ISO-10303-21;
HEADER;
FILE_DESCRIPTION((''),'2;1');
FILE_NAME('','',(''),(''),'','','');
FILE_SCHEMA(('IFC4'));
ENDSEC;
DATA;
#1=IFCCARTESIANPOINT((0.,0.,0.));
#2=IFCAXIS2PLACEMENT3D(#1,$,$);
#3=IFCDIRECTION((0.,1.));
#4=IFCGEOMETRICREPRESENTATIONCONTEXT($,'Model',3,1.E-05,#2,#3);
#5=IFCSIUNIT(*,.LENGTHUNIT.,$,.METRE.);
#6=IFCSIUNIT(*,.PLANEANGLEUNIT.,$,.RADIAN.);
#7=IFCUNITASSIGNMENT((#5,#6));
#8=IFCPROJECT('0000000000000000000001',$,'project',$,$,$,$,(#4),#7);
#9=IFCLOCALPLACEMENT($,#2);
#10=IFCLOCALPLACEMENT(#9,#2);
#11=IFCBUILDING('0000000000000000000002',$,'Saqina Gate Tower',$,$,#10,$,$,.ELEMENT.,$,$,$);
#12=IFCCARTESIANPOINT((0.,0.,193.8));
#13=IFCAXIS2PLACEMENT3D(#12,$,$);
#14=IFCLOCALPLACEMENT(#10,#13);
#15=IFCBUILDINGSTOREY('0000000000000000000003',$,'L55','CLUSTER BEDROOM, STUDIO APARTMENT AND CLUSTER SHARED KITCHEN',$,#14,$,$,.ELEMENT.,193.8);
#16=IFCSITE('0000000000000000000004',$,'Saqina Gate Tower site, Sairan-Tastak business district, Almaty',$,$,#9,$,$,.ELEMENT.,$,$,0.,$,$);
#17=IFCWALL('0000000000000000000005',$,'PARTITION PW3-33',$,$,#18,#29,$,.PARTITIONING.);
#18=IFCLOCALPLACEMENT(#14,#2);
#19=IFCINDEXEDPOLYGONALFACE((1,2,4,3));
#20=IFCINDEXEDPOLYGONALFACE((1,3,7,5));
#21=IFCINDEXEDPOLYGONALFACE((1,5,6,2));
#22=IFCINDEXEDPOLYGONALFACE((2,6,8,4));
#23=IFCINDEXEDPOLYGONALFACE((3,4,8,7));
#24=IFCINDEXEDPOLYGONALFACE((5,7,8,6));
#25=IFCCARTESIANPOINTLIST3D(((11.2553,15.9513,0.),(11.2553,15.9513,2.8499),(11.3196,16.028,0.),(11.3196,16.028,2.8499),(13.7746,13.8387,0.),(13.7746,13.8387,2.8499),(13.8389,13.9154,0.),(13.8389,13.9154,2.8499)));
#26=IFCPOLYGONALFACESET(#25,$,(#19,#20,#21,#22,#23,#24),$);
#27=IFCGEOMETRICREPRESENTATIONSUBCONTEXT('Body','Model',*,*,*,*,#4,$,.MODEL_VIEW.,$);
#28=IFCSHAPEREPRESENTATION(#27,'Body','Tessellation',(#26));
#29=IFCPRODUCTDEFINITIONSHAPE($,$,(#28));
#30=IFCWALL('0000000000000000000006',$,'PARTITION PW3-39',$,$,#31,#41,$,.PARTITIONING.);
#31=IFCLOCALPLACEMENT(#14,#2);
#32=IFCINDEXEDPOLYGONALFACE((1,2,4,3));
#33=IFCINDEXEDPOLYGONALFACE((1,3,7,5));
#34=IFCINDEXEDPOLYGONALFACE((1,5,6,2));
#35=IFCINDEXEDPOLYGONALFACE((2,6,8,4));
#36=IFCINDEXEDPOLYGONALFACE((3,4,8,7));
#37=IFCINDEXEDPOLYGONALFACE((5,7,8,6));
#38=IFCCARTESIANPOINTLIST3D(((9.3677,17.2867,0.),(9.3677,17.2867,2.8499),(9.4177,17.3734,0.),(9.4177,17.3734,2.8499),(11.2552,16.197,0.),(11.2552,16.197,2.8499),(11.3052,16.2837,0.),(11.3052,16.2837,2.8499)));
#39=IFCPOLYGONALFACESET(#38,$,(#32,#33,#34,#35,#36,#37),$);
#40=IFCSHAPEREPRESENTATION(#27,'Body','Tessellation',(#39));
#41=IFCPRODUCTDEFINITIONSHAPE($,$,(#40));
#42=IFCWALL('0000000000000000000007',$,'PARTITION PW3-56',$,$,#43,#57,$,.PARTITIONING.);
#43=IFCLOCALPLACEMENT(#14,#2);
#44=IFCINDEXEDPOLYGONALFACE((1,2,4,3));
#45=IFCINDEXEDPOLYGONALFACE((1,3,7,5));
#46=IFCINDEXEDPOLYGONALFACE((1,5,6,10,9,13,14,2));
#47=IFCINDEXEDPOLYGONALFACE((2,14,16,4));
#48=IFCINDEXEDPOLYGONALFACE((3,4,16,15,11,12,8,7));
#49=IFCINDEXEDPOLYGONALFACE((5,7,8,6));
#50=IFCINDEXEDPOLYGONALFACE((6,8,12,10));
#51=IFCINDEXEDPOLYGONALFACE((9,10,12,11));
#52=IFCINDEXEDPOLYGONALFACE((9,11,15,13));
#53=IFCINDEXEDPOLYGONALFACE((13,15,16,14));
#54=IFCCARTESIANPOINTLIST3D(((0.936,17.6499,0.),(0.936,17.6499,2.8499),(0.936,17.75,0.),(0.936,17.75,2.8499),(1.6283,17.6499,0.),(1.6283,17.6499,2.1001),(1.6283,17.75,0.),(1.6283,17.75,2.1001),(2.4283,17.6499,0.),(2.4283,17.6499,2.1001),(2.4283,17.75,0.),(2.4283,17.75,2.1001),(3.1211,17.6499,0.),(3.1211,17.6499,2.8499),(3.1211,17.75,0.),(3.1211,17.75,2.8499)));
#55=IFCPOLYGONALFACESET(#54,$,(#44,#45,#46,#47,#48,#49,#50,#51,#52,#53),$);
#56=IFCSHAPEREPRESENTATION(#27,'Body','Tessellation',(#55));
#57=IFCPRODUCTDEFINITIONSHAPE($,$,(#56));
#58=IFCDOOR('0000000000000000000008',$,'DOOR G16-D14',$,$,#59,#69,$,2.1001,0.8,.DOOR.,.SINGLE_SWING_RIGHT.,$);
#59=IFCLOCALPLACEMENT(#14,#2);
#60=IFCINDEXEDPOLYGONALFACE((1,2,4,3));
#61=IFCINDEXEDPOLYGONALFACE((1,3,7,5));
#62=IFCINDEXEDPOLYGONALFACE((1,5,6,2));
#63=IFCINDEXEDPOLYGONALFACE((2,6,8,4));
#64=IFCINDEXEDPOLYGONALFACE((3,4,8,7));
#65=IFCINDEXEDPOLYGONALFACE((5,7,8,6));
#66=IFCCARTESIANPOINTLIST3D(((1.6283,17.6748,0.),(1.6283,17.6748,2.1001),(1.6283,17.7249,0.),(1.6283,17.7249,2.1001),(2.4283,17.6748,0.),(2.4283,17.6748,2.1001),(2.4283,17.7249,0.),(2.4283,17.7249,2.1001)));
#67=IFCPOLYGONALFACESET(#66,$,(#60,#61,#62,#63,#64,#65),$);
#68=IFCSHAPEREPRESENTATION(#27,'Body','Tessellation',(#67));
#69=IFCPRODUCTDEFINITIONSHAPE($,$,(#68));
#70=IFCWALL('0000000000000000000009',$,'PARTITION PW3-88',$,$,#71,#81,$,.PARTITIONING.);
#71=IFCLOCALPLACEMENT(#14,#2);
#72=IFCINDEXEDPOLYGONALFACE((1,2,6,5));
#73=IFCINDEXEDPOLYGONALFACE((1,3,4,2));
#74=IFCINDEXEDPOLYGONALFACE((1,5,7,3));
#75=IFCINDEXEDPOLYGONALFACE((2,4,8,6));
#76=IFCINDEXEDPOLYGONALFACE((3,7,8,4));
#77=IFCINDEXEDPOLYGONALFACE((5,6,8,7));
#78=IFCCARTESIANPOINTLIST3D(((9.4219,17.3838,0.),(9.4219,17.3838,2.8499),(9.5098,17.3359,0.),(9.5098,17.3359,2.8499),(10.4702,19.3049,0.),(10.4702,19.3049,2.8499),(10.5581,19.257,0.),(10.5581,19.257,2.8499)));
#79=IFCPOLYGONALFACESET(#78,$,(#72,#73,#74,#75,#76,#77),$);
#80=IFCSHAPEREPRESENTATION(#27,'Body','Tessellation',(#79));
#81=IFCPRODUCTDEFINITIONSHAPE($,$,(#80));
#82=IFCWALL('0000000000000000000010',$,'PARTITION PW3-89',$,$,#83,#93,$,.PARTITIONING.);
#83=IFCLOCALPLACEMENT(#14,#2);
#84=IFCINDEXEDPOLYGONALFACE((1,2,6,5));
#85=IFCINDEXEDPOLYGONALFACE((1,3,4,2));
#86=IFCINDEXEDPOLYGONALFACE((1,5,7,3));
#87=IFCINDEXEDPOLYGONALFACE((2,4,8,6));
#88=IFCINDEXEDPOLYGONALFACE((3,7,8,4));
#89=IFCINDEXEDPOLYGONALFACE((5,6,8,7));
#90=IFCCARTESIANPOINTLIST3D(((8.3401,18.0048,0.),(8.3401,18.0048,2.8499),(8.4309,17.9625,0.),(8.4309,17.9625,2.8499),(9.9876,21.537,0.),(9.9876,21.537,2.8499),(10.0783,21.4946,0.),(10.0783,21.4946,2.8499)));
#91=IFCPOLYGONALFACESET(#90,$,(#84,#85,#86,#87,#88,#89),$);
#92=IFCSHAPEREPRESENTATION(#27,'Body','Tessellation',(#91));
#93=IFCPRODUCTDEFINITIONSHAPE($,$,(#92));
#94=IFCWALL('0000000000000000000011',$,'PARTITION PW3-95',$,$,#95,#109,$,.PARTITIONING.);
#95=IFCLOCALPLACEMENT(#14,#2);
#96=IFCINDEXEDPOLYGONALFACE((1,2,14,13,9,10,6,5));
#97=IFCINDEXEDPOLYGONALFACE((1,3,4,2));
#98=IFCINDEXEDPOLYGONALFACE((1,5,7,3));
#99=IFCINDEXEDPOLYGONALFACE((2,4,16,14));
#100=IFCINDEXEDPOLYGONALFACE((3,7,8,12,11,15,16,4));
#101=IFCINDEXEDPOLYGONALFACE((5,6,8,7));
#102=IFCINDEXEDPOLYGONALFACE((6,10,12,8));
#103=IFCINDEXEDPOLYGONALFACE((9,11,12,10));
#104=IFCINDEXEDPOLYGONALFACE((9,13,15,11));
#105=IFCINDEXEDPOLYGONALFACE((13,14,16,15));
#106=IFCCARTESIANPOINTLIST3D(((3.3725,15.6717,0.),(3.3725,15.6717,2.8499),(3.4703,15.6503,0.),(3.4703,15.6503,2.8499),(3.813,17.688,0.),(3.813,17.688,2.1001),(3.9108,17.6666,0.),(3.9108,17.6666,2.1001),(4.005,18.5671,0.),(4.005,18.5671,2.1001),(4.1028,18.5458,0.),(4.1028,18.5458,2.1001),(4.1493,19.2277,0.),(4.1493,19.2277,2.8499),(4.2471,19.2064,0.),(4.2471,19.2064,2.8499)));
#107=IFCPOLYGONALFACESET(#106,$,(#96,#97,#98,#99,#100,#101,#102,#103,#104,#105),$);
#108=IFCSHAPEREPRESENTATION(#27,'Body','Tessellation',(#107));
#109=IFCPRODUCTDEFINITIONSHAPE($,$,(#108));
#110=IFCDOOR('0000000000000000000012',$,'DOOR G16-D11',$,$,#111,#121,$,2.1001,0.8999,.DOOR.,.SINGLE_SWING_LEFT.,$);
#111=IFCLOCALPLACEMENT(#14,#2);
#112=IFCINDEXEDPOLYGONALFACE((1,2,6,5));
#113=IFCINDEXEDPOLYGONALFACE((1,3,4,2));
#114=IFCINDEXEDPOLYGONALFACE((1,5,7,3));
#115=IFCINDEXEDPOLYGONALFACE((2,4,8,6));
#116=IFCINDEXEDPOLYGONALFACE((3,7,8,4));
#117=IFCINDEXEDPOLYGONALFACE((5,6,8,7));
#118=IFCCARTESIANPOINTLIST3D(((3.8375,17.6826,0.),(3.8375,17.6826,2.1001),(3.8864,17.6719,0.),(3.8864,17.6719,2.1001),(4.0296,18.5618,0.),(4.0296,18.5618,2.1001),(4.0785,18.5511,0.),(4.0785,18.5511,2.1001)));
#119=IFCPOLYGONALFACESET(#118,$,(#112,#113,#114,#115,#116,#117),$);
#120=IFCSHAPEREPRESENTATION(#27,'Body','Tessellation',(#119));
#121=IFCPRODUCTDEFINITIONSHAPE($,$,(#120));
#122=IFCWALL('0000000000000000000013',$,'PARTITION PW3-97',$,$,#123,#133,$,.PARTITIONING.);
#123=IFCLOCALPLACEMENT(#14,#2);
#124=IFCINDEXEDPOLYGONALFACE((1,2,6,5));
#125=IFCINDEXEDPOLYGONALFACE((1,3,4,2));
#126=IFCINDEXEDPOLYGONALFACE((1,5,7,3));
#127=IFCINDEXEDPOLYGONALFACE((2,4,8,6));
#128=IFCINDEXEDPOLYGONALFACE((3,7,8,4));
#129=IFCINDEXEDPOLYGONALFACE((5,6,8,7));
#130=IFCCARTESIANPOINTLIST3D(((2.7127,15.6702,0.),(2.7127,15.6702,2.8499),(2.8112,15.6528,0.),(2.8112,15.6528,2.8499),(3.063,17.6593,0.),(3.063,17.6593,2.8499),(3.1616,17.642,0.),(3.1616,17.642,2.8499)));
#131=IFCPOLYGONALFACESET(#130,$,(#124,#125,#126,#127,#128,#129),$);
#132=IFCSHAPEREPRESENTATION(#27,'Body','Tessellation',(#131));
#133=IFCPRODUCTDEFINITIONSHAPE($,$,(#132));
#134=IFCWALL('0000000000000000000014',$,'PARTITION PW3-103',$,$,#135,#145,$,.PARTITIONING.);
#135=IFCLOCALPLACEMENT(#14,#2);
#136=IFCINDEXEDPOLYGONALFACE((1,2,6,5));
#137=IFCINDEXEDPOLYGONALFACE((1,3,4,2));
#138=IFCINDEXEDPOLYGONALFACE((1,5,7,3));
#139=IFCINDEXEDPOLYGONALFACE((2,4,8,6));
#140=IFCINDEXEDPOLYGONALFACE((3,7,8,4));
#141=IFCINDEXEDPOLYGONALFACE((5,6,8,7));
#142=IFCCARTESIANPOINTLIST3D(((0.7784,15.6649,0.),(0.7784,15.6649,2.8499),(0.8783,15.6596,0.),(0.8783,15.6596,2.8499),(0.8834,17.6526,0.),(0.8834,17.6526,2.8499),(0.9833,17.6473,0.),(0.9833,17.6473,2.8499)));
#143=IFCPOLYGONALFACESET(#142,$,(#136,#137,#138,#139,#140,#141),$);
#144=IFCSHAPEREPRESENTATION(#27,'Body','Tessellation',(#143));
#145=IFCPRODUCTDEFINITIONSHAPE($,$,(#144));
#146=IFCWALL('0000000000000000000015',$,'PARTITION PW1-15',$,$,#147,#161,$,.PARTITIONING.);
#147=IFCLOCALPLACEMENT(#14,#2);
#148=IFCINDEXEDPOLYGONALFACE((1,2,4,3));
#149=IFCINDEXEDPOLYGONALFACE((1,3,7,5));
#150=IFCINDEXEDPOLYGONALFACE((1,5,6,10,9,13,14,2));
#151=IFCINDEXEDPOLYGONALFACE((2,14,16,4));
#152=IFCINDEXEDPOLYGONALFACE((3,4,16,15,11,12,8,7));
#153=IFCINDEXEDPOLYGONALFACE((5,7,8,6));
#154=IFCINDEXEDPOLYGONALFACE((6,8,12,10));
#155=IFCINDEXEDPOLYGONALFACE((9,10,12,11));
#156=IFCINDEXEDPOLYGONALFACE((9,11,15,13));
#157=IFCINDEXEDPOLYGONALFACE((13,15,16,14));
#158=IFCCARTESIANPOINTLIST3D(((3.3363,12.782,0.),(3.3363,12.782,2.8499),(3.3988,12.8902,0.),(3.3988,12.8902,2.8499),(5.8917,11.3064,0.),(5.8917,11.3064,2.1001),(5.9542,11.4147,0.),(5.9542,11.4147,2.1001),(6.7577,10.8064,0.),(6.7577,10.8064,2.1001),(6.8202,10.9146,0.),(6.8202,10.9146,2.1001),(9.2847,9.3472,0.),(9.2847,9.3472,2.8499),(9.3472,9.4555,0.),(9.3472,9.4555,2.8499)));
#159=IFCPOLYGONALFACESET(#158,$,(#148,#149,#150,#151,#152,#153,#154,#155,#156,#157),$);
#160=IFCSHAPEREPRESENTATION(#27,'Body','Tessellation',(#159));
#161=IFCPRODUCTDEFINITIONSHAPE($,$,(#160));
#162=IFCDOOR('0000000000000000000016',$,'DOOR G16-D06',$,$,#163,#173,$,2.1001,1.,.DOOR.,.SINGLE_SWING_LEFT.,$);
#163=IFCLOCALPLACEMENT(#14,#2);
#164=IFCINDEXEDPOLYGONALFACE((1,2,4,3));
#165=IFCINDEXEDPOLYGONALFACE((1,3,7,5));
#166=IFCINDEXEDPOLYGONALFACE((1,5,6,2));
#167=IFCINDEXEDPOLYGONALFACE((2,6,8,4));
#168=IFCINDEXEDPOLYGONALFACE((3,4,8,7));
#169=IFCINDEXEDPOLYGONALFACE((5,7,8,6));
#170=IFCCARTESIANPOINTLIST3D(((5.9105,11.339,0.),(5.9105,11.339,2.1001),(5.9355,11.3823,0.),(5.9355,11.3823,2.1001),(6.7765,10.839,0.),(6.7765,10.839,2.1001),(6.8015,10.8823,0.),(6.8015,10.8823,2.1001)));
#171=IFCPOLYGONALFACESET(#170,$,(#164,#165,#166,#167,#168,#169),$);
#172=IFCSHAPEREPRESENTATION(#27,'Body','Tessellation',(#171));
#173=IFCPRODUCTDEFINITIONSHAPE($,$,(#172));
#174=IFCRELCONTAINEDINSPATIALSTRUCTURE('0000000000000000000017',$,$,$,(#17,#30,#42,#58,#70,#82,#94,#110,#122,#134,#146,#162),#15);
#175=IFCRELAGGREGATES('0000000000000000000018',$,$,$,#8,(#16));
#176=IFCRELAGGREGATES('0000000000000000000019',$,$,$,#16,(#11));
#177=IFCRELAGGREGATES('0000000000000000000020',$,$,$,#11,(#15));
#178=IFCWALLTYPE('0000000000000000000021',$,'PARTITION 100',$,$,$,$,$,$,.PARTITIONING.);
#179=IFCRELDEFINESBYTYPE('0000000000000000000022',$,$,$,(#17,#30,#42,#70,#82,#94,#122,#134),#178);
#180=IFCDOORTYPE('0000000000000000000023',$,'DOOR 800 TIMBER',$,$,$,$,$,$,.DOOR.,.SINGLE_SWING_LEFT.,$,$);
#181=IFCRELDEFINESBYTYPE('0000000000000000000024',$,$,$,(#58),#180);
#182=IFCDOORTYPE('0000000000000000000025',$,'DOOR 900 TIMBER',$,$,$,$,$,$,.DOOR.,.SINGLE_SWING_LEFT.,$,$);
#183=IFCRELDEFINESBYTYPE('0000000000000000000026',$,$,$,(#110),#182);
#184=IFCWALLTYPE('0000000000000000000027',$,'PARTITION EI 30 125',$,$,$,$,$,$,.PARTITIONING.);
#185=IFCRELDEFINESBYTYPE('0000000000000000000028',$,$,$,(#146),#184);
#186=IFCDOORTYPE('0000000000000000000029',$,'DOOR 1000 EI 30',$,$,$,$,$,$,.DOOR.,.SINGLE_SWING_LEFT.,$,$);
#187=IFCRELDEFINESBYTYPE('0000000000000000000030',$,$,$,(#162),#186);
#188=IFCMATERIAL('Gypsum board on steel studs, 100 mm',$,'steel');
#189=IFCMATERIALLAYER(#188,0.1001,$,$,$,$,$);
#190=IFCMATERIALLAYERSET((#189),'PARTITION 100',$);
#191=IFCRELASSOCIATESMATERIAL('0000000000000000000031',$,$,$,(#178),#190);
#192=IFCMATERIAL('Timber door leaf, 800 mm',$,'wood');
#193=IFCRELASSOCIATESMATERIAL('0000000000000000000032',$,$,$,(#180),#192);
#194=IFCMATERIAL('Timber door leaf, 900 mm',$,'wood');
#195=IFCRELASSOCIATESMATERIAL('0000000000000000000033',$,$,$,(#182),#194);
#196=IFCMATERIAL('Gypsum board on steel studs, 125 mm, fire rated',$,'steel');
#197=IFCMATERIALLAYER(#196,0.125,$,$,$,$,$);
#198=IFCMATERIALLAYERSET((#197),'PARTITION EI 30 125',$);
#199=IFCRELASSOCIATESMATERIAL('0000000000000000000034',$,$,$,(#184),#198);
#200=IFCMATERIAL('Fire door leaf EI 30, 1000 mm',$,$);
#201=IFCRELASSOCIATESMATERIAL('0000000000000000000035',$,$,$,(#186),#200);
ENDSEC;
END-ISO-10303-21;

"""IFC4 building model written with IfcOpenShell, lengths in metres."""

from ifc_helpers import new_model, si_unit, direction, frame, frame_2d, origin, place, context, subcontext, project, spatial, rectangle, extrude, material, layer, layer_set, type_object, element, fill, save


model = new_model("IFC4")

# Units and contexts
model_context = context("Model", 3, precision=1e-05, world=origin(), true_north=direction((0.0, 1.0)))
body_context = subcontext(model_context, "Body", "Model", "MODEL_VIEW")
ifc_project = project(units=[si_unit("LENGTHUNIT", "METRE"), si_unit("PLANEANGLEUNIT", "RADIAN")], contexts=[model_context])

# Site, building, storey
site_placement = place(None, origin())
site = spatial("IfcSite", under=ifc_project, at=site_placement, Name="Saqina Gate Tower site, Sairan-Tastak business district, Almaty", CompositionType="ELEMENT", RefElevation=0.0)
building_placement = place(site_placement, origin())
building = spatial("IfcBuilding", under=site, at=building_placement, Name="Saqina Gate Tower", CompositionType="ELEMENT")
storey_placement = place(building_placement, frame((0.0, 0.0, 193.8)))
storey = spatial("IfcBuildingStorey", under=building, at=storey_placement, Name="L55", Description="CLUSTER BEDROOM, STUDIO APARTMENT AND CLUSTER SHARED KITCHEN", CompositionType="ELEMENT", Elevation=193.8)

# Walls
ifc_material_1 = material(Name="Gypsum board on steel studs, 100 mm", Category="steel")
ifc_layer_1 = layer(ifc_material_1, 0.1001)
ifc_layer_set_1 = layer_set([ifc_layer_1], Name="PARTITION 100")
wall_type_1 = type_object("IfcWallType", Name="PARTITION 100", PredefinedType="PARTITIONING", material=ifc_layer_set_1)
wall_1_placement = place(storey_placement, frame((11.2874, 15.9897, 0.0), z_axis=(0.0, 0.0, 1.0), x_axis=(0.766252, -0.642541, 0.0)))
element("IfcWall", 1, at=wall_1_placement, inside=storey, type_object=wall_type_1, Name="PARTITION PW3-33", PredefinedType="PARTITIONING", context=body_context, shape_type="SweptSolid", body=[
    extrude(rectangle(XDim=3.2878, YDim=0.1001, at=frame_2d((1.644, 0.0))), origin(), (0.0, 0.0, 1.0), 2.8499),
])
wall_2_placement = place(storey_placement, frame((9.3926, 17.3301, 0.0), z_axis=(0.0, 0.0, 1.0), x_axis=(0.866049, -0.499958, 0.0)))
element("IfcWall", 2, at=wall_2_placement, inside=storey, type_object=wall_type_1, Name="PARTITION PW3-39", PredefinedType="PARTITIONING", context=body_context, shape_type="SweptSolid", body=[
    extrude(rectangle(XDim=2.1794, YDim=0.1001, at=frame_2d((1.0898, 0.0))), origin(), (0.0, 0.0, 1.0), 2.8499),
])

# Wall, opening, door
wall_3_placement = place(storey_placement, frame((0.936, 17.7, 0.0), z_axis=(0.0, 0.0, 1.0), x_axis=(1.0, 0.0, 0.0)))
wall_3 = element("IfcWall", 3, at=wall_3_placement, inside=storey, type_object=wall_type_1, Name="PARTITION PW3-56", PredefinedType="PARTITIONING", context=body_context, shape_type="SweptSolid", body=[
    extrude(rectangle(XDim=2.1851, YDim=0.1001, at=frame_2d((1.0925, 0.0))), origin(), (0.0, 0.0, 1.0), 2.8499),
])
opening_1_placement = place(wall_3_placement, frame((0.6924, 0.0, 0.0)))
opening_1 = element("IfcOpeningElement", 4, at=opening_1_placement, cuts=wall_3, PredefinedType="OPENING", context=body_context, shape_type="SweptSolid", body=[
    extrude(rectangle(XDim=0.8, YDim=2.1001, at=frame_2d((0.3999, 1.05))), frame((0.0, 0.062, 0.0), z_axis=(0.0, -1.0, 0.0), x_axis=(1.0, 0.0, 0.0)), (0.0, 0.0, 1.0), 0.124),
])
ifc_material_2 = material(Name="Timber door leaf, 800 mm", Category="wood")
door_type_1 = type_object("IfcDoorType", Name="DOOR 800 TIMBER", OperationType="SINGLE_SWING_LEFT", PredefinedType="DOOR", material=ifc_material_2)
door_1_placement = place(opening_1_placement, origin())
door_1 = element("IfcDoor", 5, at=door_1_placement, inside=storey, type_object=door_type_1, Name="DOOR G16-D14", OperationType="SINGLE_SWING_RIGHT", OverallHeight=2.1001, OverallWidth=0.8, PredefinedType="DOOR", context=body_context, shape_type="SweptSolid", body=[
    extrude(rectangle(XDim=0.8, YDim=2.1001, at=frame_2d((0.3999, 1.05))), frame((0.0, 0.0249, 0.0), z_axis=(0.0, -1.0, 0.0), x_axis=(1.0, 0.0, 0.0)), (0.0, 0.0, 1.0), 0.05),
])
fill(opening_1, door_1)

# Walls
wall_4_placement = place(storey_placement, frame((9.4658, 17.3599, 0.0), z_axis=(0.0, 0.0, 1.0), x_axis=(0.479008, 0.87781, 0.0)))
element("IfcWall", 6, at=wall_4_placement, inside=storey, type_object=wall_type_1, Name="PARTITION PW3-88", PredefinedType="PARTITIONING", context=body_context, shape_type="SweptSolid", body=[
    extrude(rectangle(XDim=2.1885, YDim=0.1001, at=frame_2d((1.0942, 0.0))), origin(), (0.0, 0.0, 1.0), 2.8499),
])
wall_5_placement = place(storey_placement, frame((8.3855, 17.9836, 0.0), z_axis=(0.0, 0.0, 1.0), x_axis=(0.422693, 0.906273, 0.0)))
element("IfcWall", 7, at=wall_5_placement, inside=storey, type_object=wall_type_1, Name="PARTITION PW3-89", PredefinedType="PARTITIONING", context=body_context, shape_type="SweptSolid", body=[
    extrude(rectangle(XDim=3.8975, YDim=0.1001, at=frame_2d((1.9487, 0.0))), origin(), (0.0, 0.0, 1.0), 2.8499),
])

# Wall, opening, door
wall_6_placement = place(storey_placement, frame((3.4214, 15.6611, 0.0), z_axis=(0.0, 0.0, 1.0), x_axis=(0.213435, 0.976957, 0.0)))
wall_6 = element("IfcWall", 8, at=wall_6_placement, inside=storey, type_object=wall_type_1, Name="PARTITION PW3-95", PredefinedType="PARTITIONING", context=body_context, shape_type="SweptSolid", body=[
    extrude(rectangle(XDim=3.6399, YDim=0.1001, at=frame_2d((1.8198, 0.0))), origin(), (0.0, 0.0, 1.0), 2.8499),
])
opening_2_placement = place(wall_6_placement, frame((2.0637, 0.0, 0.0)))
opening_2 = element("IfcOpeningElement", 9, at=opening_2_placement, cuts=wall_6, PredefinedType="OPENING", context=body_context, shape_type="SweptSolid", body=[
    extrude(rectangle(XDim=0.8999, YDim=2.1001, at=frame_2d((0.45, 1.05))), frame((0.0, 0.062, 0.0), z_axis=(0.0, -1.0, 0.0), x_axis=(1.0, 0.0, 0.0)), (0.0, 0.0, 1.0), 0.124),
])
ifc_material_3 = material(Name="Timber door leaf, 900 mm", Category="wood")
door_type_2 = type_object("IfcDoorType", Name="DOOR 900 TIMBER", OperationType="SINGLE_SWING_LEFT", PredefinedType="DOOR", material=ifc_material_3)
door_2_placement = place(opening_2_placement, origin())
door_2 = element("IfcDoor", 10, at=door_2_placement, inside=storey, type_object=door_type_2, Name="DOOR G16-D11", OperationType="SINGLE_SWING_LEFT", OverallHeight=2.1001, OverallWidth=0.8999, PredefinedType="DOOR", context=body_context, shape_type="SweptSolid", body=[
    extrude(rectangle(XDim=0.8999, YDim=2.1001, at=frame_2d((0.45, 1.05))), frame((0.0, 0.0249, 0.0), z_axis=(0.0, -1.0, 0.0), x_axis=(1.0, 0.0, 0.0)), (0.0, 0.0, 1.0), 0.05),
])
fill(opening_2, door_2)

# Walls
wall_7_placement = place(storey_placement, frame((2.762, 15.6616, 0.0), z_axis=(0.0, 0.0, 1.0), x_axis=(0.173447, 0.984843, 0.0)))
element("IfcWall", 11, at=wall_7_placement, inside=storey, type_object=wall_type_1, Name="PARTITION PW3-97", PredefinedType="PARTITIONING", context=body_context, shape_type="SweptSolid", body=[
    extrude(rectangle(XDim=2.0198, YDim=0.1001, at=frame_2d((1.0098, 0.0))), origin(), (0.0, 0.0, 1.0), 2.8499),
])
wall_8_placement = place(storey_placement, frame((0.8284, 15.6624, 0.0), z_axis=(0.0, 0.0, 1.0), x_axis=(0.052739, 0.998608, 0.0)))
element("IfcWall", 12, at=wall_8_placement, inside=storey, type_object=wall_type_1, Name="PARTITION PW3-103", PredefinedType="PARTITIONING", context=body_context, shape_type="SweptSolid", body=[
    extrude(rectangle(XDim=1.9905, YDim=0.1001, at=frame_2d((0.9951, 0.0))), origin(), (0.0, 0.0, 1.0), 2.8499),
])

# Wall, opening, door
ifc_material_4 = material(Name="Gypsum board on steel studs, 125 mm, fire rated", Category="steel")
ifc_layer_2 = layer(ifc_material_4, 0.125)
ifc_layer_set_2 = layer_set([ifc_layer_2], Name="PARTITION EI 30 125")
wall_type_2 = type_object("IfcWallType", Name="PARTITION EI 30 125", PredefinedType="PARTITIONING", material=ifc_layer_set_2)
wall_9_placement = place(storey_placement, frame((3.3674, 12.8362, 0.0), z_axis=(0.0, 0.0, 1.0), x_axis=(0.865997, -0.50005, 0.0)))
wall_9 = element("IfcWall", 13, at=wall_9_placement, inside=storey, type_object=wall_type_2, Name="PARTITION PW1-15", PredefinedType="PARTITIONING", context=body_context, shape_type="SweptSolid", body=[
    extrude(rectangle(XDim=6.8689, YDim=0.125, at=frame_2d((3.4346, 0.0))), origin(), (0.0, 0.0, 1.0), 2.8499),
])
opening_3_placement = place(wall_9_placement, frame((2.9509, 0.0, 0.0)))
opening_3 = element("IfcOpeningElement", 14, at=opening_3_placement, cuts=wall_9, PredefinedType="OPENING", context=body_context, shape_type="SweptSolid", body=[
    extrude(rectangle(XDim=1.0, YDim=2.1001, at=frame_2d((0.5, 1.05))), frame((0.0, 0.0745, 0.0), z_axis=(0.0, -1.0, 0.0), x_axis=(1.0, 0.0, 0.0)), (0.0, 0.0, 1.0), 0.1489),
])
ifc_material_5 = material(Name="Fire door leaf EI 30, 1000 mm")
door_type_3 = type_object("IfcDoorType", Name="DOOR 1000 EI 30", OperationType="SINGLE_SWING_LEFT", PredefinedType="DOOR", material=ifc_material_5)
door_3_placement = place(opening_3_placement, frame((1.0, 0.0, 0.0), z_axis=(0.0, 0.0, 1.0), x_axis=(-1.0, 0.0, 0.0)))
door_3 = element("IfcDoor", 15, at=door_3_placement, inside=storey, type_object=door_type_3, Name="DOOR G16-D06", OperationType="SINGLE_SWING_LEFT", OverallHeight=2.1001, OverallWidth=1.0, PredefinedType="DOOR", context=body_context, shape_type="SweptSolid", body=[
    extrude(rectangle(XDim=1.0, YDim=2.1001, at=frame_2d((0.5, 1.05))), frame((0.0, 0.0249, 0.0), z_axis=(0.0, -1.0, 0.0), x_axis=(1.0, 0.0, 0.0)), (0.0, 0.0, 1.0), 0.05),
])
fill(opening_3, door_3)

save(model, "model.ifc")
